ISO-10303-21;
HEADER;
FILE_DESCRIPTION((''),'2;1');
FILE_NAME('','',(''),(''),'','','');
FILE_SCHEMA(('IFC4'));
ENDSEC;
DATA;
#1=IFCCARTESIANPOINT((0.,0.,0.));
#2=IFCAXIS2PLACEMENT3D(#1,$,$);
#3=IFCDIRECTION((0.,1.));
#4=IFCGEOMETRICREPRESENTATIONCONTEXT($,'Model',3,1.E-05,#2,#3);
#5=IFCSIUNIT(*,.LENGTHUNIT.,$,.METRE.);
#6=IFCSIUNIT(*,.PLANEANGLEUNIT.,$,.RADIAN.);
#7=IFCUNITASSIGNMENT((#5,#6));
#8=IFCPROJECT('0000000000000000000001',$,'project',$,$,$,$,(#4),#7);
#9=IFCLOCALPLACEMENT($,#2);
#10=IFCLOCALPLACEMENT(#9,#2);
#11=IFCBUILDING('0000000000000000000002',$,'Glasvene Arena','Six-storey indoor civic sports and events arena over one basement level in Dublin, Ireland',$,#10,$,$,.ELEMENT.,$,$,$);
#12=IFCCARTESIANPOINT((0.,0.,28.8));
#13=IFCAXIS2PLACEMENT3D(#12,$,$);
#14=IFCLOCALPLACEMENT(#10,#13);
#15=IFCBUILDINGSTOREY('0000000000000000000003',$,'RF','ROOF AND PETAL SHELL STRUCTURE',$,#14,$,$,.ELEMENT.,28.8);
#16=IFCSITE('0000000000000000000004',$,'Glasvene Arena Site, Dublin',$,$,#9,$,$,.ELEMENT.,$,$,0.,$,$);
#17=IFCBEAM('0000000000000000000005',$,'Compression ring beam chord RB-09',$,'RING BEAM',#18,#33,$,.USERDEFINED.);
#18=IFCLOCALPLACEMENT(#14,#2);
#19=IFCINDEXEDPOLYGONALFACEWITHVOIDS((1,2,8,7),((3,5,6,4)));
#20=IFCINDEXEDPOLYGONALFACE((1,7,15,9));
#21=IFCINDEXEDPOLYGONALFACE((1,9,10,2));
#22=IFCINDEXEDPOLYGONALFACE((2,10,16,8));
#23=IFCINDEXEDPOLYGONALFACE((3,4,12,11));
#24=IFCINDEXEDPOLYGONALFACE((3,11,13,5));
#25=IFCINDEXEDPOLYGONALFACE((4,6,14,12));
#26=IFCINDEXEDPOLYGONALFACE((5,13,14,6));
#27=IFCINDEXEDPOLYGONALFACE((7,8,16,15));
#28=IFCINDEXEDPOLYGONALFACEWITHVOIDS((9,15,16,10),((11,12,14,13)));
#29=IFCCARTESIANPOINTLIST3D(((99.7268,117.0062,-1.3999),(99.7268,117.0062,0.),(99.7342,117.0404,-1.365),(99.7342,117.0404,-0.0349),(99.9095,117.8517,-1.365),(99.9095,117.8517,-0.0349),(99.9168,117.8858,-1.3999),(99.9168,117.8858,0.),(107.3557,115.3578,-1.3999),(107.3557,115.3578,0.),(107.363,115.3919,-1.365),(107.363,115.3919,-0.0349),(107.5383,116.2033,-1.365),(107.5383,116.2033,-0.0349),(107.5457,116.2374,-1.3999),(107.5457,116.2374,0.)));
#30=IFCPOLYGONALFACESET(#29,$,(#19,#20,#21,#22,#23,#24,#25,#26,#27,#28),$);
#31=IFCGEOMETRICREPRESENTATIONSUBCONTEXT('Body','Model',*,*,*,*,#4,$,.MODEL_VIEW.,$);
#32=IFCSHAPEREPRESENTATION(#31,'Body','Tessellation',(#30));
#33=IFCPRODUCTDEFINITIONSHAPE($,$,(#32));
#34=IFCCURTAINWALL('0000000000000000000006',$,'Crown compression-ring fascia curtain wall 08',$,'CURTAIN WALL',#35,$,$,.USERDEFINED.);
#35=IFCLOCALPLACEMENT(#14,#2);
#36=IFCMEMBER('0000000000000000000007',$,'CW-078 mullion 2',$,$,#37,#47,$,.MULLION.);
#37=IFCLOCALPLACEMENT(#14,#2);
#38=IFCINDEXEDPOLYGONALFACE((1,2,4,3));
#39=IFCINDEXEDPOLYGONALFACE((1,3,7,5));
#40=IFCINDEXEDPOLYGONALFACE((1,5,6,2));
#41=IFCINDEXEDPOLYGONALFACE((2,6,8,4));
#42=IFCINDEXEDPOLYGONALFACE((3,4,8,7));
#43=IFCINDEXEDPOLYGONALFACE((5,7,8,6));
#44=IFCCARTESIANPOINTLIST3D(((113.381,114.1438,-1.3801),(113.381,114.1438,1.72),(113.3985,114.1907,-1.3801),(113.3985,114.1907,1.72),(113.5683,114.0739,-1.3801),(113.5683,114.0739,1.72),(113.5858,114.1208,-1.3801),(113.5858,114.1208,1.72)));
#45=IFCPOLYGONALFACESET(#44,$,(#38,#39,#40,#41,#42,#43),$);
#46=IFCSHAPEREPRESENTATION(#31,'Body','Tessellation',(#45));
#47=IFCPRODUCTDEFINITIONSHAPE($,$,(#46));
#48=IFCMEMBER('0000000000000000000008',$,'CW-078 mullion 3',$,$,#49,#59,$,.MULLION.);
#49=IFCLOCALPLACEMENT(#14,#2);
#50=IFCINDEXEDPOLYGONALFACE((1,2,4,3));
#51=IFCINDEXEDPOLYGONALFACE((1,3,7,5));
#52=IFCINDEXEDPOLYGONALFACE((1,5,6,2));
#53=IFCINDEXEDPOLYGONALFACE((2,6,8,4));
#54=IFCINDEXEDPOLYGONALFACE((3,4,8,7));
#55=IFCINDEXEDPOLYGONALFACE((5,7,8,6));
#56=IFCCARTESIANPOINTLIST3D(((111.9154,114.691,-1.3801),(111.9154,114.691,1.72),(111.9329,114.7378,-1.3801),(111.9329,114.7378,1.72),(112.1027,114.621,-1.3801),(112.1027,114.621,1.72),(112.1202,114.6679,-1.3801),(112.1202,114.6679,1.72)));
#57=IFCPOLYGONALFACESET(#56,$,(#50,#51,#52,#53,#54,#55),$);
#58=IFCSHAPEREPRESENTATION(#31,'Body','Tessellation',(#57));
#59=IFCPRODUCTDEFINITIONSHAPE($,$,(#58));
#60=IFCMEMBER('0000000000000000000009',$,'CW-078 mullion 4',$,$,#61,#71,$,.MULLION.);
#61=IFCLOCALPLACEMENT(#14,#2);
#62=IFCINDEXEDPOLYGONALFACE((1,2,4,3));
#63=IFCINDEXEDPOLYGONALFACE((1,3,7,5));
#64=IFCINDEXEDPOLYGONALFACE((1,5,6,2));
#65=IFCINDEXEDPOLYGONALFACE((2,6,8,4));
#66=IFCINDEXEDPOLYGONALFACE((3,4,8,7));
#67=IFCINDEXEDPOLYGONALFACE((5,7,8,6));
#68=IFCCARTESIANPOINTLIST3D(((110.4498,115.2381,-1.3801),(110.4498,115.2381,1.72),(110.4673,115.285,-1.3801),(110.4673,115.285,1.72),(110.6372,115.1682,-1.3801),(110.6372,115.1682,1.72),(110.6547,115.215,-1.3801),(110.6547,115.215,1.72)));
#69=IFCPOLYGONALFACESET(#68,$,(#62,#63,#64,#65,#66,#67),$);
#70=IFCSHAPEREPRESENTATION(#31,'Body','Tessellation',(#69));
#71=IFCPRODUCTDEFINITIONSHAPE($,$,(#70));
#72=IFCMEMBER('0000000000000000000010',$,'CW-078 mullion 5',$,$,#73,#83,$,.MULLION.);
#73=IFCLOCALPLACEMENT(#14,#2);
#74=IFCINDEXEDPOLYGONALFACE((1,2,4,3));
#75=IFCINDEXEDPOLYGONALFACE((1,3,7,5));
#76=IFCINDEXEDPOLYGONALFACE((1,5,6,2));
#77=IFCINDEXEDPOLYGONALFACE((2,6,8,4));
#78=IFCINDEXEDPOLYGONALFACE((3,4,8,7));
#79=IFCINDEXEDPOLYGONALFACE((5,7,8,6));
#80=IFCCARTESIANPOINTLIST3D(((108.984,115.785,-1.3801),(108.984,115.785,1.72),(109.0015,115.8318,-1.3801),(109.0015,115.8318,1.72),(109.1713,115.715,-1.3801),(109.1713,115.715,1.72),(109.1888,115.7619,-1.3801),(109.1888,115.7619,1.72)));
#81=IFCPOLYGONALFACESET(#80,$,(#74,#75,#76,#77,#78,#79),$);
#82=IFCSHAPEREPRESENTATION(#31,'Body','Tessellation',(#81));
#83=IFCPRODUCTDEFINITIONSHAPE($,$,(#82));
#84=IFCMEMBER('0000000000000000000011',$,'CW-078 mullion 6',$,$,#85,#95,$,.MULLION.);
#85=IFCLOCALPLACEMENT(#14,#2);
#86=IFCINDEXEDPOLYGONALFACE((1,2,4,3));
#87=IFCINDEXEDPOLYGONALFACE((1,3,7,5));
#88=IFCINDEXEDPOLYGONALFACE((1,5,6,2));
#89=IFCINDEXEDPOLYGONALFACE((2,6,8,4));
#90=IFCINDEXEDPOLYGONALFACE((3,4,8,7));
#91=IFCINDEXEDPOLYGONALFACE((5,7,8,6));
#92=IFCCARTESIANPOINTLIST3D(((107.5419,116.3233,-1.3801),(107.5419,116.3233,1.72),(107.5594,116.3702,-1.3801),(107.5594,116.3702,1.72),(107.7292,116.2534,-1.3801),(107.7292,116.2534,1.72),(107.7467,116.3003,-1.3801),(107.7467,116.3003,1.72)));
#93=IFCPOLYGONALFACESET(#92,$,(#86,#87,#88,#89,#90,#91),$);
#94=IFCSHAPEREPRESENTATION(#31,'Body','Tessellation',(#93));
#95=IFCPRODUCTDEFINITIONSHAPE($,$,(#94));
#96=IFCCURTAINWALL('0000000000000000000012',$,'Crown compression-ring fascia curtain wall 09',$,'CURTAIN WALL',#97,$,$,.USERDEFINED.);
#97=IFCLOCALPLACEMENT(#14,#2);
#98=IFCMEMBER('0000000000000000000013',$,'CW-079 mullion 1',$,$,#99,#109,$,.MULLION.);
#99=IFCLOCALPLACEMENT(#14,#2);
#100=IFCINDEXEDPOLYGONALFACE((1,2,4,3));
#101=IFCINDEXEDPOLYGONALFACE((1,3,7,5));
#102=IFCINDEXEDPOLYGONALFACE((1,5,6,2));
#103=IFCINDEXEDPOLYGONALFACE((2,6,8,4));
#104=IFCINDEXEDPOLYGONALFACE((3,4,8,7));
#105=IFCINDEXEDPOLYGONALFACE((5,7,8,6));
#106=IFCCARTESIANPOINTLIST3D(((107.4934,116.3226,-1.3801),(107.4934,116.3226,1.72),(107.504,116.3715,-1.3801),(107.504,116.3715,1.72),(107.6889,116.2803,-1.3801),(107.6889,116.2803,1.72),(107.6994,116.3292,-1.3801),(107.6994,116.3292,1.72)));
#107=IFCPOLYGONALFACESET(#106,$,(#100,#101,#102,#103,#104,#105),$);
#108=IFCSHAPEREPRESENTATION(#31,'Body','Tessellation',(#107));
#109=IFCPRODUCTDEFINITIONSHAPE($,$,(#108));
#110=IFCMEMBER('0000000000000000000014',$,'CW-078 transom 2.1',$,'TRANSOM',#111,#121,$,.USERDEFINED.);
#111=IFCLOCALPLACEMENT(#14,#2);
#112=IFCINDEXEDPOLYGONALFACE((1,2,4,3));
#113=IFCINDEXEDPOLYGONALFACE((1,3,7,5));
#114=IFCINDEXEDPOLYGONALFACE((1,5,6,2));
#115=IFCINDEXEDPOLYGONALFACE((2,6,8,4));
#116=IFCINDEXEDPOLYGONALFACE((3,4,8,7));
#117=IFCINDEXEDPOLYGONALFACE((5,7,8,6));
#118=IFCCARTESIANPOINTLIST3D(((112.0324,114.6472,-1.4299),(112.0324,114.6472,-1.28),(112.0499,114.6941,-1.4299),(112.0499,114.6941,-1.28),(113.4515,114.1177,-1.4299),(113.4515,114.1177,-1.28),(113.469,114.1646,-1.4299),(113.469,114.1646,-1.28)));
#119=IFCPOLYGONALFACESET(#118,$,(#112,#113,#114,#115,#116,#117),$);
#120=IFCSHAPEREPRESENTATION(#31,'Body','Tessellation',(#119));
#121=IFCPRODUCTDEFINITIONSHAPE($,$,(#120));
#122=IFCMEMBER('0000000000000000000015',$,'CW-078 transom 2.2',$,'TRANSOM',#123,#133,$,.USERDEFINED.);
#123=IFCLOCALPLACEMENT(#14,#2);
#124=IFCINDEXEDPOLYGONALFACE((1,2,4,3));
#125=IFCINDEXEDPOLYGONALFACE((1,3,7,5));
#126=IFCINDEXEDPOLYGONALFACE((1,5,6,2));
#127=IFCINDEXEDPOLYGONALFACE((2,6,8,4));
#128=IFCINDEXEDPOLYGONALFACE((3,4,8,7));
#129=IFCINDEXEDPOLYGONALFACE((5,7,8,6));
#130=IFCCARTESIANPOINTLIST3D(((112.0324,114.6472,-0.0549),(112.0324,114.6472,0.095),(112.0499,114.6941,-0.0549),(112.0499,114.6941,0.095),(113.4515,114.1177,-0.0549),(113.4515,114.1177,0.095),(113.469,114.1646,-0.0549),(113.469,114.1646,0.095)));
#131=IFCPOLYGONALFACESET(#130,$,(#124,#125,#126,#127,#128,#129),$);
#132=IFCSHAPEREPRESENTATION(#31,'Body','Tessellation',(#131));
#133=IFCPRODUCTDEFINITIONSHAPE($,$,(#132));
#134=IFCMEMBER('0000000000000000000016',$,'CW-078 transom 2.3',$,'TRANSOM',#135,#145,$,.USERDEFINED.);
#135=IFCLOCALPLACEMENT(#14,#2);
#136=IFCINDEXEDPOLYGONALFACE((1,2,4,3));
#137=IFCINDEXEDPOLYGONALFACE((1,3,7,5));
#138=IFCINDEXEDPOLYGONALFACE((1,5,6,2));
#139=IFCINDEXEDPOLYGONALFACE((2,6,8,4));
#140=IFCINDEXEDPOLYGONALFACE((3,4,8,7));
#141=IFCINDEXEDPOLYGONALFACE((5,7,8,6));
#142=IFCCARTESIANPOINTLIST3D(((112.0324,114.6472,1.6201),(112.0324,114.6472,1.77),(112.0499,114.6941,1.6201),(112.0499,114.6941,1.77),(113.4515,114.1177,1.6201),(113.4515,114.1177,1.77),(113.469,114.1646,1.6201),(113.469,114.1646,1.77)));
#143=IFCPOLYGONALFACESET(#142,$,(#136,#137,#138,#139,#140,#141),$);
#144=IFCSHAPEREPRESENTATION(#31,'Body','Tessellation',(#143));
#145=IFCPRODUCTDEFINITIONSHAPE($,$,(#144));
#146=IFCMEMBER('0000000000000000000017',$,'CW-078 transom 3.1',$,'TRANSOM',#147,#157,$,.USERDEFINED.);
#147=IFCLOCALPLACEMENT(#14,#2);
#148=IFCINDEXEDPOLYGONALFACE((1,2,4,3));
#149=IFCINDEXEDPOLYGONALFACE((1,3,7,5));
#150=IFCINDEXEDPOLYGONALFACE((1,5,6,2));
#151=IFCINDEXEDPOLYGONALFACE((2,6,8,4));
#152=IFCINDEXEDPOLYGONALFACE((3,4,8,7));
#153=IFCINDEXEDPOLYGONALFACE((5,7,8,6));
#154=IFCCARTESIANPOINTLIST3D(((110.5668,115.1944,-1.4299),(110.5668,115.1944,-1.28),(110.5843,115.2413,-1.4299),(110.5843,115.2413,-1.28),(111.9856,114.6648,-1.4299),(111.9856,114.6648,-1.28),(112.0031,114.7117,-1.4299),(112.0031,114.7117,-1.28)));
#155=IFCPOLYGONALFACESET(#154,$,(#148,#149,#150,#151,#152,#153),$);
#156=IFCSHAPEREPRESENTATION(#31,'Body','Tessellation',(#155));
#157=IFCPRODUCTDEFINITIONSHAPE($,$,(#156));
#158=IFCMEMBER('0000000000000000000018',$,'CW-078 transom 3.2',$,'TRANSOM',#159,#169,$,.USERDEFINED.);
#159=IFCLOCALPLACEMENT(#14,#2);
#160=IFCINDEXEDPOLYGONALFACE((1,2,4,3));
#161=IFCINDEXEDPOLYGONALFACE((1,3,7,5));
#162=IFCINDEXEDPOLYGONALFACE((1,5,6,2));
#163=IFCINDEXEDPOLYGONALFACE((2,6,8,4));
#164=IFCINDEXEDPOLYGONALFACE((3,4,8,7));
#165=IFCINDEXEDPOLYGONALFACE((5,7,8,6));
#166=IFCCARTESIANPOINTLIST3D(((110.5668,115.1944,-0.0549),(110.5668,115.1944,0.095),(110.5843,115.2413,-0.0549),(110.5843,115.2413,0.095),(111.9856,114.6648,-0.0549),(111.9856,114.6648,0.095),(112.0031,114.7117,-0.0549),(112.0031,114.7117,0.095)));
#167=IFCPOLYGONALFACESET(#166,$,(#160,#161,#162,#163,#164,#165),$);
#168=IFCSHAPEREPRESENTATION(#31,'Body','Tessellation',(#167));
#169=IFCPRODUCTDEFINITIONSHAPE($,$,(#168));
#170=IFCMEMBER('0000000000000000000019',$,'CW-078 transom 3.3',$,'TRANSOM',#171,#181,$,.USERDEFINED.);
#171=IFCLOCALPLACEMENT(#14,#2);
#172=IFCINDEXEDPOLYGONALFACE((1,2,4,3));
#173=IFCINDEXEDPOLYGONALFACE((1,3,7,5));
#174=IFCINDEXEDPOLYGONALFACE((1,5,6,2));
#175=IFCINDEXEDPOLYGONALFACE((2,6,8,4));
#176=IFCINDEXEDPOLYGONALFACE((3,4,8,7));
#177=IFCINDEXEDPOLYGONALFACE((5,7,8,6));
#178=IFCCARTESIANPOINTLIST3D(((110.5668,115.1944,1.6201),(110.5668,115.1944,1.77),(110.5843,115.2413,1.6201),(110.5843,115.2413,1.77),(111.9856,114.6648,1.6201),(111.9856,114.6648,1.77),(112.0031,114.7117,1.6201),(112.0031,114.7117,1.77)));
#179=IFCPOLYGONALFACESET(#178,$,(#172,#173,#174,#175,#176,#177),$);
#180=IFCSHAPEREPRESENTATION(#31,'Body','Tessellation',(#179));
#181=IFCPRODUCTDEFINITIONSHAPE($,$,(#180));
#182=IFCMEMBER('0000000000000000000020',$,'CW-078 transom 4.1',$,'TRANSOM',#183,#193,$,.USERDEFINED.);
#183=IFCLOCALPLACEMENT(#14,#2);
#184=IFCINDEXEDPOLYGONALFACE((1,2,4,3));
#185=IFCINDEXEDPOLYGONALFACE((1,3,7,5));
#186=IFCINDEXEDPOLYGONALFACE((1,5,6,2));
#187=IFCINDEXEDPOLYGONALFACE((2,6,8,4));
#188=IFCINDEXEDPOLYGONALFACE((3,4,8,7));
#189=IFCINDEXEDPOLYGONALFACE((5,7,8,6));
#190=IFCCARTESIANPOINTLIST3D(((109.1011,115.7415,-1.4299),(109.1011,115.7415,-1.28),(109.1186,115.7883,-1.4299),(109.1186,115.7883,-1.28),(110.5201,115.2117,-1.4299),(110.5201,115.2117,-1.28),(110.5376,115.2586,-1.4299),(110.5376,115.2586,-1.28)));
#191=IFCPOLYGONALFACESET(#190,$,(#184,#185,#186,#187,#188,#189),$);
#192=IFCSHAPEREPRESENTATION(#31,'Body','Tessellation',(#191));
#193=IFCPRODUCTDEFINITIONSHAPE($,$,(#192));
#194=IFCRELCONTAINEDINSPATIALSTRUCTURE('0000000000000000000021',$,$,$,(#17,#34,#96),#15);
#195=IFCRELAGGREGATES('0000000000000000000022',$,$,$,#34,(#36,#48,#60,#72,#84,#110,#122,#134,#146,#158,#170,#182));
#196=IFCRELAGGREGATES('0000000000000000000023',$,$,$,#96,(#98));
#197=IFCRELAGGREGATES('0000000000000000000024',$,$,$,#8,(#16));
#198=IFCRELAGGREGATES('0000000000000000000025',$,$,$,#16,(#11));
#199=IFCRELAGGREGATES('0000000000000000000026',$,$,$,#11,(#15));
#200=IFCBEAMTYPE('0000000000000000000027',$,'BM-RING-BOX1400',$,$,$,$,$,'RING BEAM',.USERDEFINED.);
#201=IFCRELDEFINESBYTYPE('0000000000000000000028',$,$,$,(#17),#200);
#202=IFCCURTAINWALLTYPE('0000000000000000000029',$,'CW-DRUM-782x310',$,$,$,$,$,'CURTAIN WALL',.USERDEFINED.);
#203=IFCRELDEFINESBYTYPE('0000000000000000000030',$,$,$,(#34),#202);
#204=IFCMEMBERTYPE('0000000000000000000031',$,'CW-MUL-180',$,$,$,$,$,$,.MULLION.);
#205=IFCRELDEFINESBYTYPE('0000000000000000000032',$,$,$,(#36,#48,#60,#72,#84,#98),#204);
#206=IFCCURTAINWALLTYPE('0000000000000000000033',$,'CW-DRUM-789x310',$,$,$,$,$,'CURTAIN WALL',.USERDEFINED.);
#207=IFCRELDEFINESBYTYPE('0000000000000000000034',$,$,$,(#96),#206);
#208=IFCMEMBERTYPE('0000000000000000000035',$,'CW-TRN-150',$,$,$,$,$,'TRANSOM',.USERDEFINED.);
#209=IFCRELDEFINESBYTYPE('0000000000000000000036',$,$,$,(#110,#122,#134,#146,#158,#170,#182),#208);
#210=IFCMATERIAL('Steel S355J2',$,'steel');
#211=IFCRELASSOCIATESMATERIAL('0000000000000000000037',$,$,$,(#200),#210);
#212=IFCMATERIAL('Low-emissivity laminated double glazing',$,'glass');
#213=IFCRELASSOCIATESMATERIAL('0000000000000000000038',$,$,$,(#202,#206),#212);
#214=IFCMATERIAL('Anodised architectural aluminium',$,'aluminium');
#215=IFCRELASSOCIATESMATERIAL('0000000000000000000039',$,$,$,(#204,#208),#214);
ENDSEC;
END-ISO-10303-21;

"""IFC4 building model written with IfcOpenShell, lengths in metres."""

from ifc_helpers import new_model, si_unit, direction, frame, origin, origin_2d, place, context, subcontext, project, spatial, rectangle, hollow_rectangle, extrude, material, material_profile, profile_set, type_object, element, aggregate, save


model = new_model("IFC4")

# Units and contexts
model_context = context("Model", 3, precision=1e-05, world=origin(), true_north=direction((0.0, 1.0)))
body_context = subcontext(model_context, "Body", "Model", "MODEL_VIEW")
ifc_project = project(units=[si_unit("LENGTHUNIT", "METRE"), si_unit("PLANEANGLEUNIT", "RADIAN")], contexts=[model_context])

# Site, building, storey
site_placement = place(None, origin())
site = spatial("IfcSite", under=ifc_project, at=site_placement, Name="Glasvene Arena Site, Dublin", CompositionType="ELEMENT", RefElevation=0.0)
building_placement = place(site_placement, origin())
building = spatial("IfcBuilding", under=site, at=building_placement, Name="Glasvene Arena", Description="Six-storey indoor civic sports and events arena over one basement level in Dublin, Ireland", CompositionType="ELEMENT")
storey_placement = place(building_placement, frame((0.0, 0.0, 28.8)))
storey = spatial("IfcBuildingStorey", under=building, at=storey_placement, Name="RF", Description="ROOF AND PETAL SHELL STRUCTURE", CompositionType="ELEMENT", Elevation=28.8)

# Beam
ifc_material_1 = material(Name="Steel S355J2", Category="steel")
ifc_material_profile_1 = material_profile(ifc_material_1, hollow_rectangle(XDim=0.8999, YDim=1.3999, WallThickness=0.0349, at=origin_2d()), Name="WBOX 900x1400x35")
ifc_profile_set_1 = profile_set([ifc_material_profile_1], Name="Steel S355J2")
beam_type = type_object("IfcBeamType", Name="BM-RING-BOX1400", ElementType="RING BEAM", PredefinedType="USERDEFINED", material=ifc_profile_set_1)
beam_placement = place(storey_placement, frame((107.4507, 115.7976, -0.7), z_axis=(-0.977442, 0.211204, 0.0), x_axis=(-0.211204, -0.977442, 0.0)))
element("IfcBeam", 1, at=beam_placement, inside=storey, type_object=beam_type, Name="Compression ring beam chord RB-09", ObjectType="RING BEAM", PredefinedType="USERDEFINED", context=body_context, shape_type="SweptSolid", body=[
    extrude(hollow_rectangle(XDim=0.8999, YDim=1.3999, WallThickness=0.0349, at=origin_2d()), origin(), (0.0, 0.0, 1.0), 7.8049),
])

# Curtain wall, members
ifc_material_2 = material(Name="Low-emissivity laminated double glazing", Category="glass")
curtain_wall_type_1 = type_object("IfcCurtainWallType", Name="CW-DRUM-782x310", ElementType="CURTAIN WALL", PredefinedType="USERDEFINED", material=ifc_material_2)
curtain_wall_1_placement = place(storey_placement, frame((114.9492, 113.5852, 0.0)))
curtain_wall_1 = element("IfcCurtainWall", 2, at=curtain_wall_1_placement, inside=storey, type_object=curtain_wall_type_1, Name="Crown compression-ring fascia curtain wall 08", ObjectType="CURTAIN WALL", PredefinedType="USERDEFINED")
ifc_material_3 = material(Name="Anodised architectural aluminium", Category="aluminium")
ifc_material_profile_2 = material_profile(ifc_material_3, rectangle(XDim=0.05, YDim=0.2, at=origin_2d()), Name="ALU MULLION 50x200")
ifc_profile_set_2 = profile_set([ifc_material_profile_2], Name="Anodised architectural aluminium")
member_type_1 = type_object("IfcMemberType", Name="CW-MUL-180", PredefinedType="MULLION", material=ifc_profile_set_2)
member_1_placement = place(storey_placement, frame((113.4834, 114.1323, -1.3801), z_axis=(0.0, 0.0, 1.0), x_axis=(-0.349683, -0.936868, 0.0)))
member_1 = element("IfcMember", 3, at=member_1_placement, type_object=member_type_1, Name="CW-078 mullion 2", PredefinedType="MULLION", context=body_context, shape_type="SweptSolid", body=[
    extrude(rectangle(XDim=0.05, YDim=0.2, at=origin_2d()), origin(), (0.0, 0.0, 1.0), 3.1001),
])
member_2_placement = place(storey_placement, frame((112.0178, 114.6794, -1.3801), z_axis=(0.0, 0.0, 1.0), x_axis=(-0.349683, -0.936868, 0.0)))
member_2 = element("IfcMember", 4, at=member_2_placement, type_object=member_type_1, Name="CW-078 mullion 3", PredefinedType="MULLION", context=body_context, shape_type="SweptSolid", body=[
    extrude(rectangle(XDim=0.05, YDim=0.2, at=origin_2d()), origin(), (0.0, 0.0, 1.0), 3.1001),
])
member_3_placement = place(storey_placement, frame((110.5522, 115.2266, -1.3801), z_axis=(0.0, 0.0, 1.0), x_axis=(-0.349683, -0.936868, 0.0)))
member_3 = element("IfcMember", 5, at=member_3_placement, type_object=member_type_1, Name="CW-078 mullion 4", PredefinedType="MULLION", context=body_context, shape_type="SweptSolid", body=[
    extrude(rectangle(XDim=0.05, YDim=0.2, at=origin_2d()), origin(), (0.0, 0.0, 1.0), 3.1001),
])
member_4_placement = place(storey_placement, frame((109.0864, 115.7734, -1.3801), z_axis=(0.0, 0.0, 1.0), x_axis=(-0.349683, -0.936868, 0.0)))
member_4 = element("IfcMember", 6, at=member_4_placement, type_object=member_type_1, Name="CW-078 mullion 5", PredefinedType="MULLION", context=body_context, shape_type="SweptSolid", body=[
    extrude(rectangle(XDim=0.05, YDim=0.2, at=origin_2d()), origin(), (0.0, 0.0, 1.0), 3.1001),
])
member_5_placement = place(storey_placement, frame((107.6443, 116.3118, -1.3801), z_axis=(0.0, 0.0, 1.0), x_axis=(-0.349683, -0.936868, 0.0)))
member_5 = element("IfcMember", 7, at=member_5_placement, type_object=member_type_1, Name="CW-078 mullion 6", PredefinedType="MULLION", context=body_context, shape_type="SweptSolid", body=[
    extrude(rectangle(XDim=0.05, YDim=0.2, at=origin_2d()), origin(), (0.0, 0.0, 1.0), 3.1001),
])

# Curtain wall, member
curtain_wall_type_2 = type_object("IfcCurtainWallType", Name="CW-DRUM-789x310", ElementType="CURTAIN WALL", PredefinedType="USERDEFINED", material=ifc_material_2)
curtain_wall_2_placement = place(storey_placement, frame((107.6208, 116.3206, 0.0)))
curtain_wall_2 = element("IfcCurtainWall", 8, at=curtain_wall_2_placement, inside=storey, type_object=curtain_wall_type_2, Name="Crown compression-ring fascia curtain wall 09", ObjectType="CURTAIN WALL", PredefinedType="USERDEFINED")
member_6_placement = place(storey_placement, frame((107.5964, 116.3259, -1.3801), z_axis=(0.0, 0.0, 1.0), x_axis=(-0.211445, -0.97739, 0.0)))
member_6 = element("IfcMember", 9, at=member_6_placement, type_object=member_type_1, Name="CW-079 mullion 1", PredefinedType="MULLION", context=body_context, shape_type="SweptSolid", body=[
    extrude(rectangle(XDim=0.05, YDim=0.2, at=origin_2d()), origin(), (0.0, 0.0, 1.0), 3.1001),
])

# Members
ifc_material_profile_3 = material_profile(ifc_material_3, rectangle(XDim=0.05, YDim=0.1499, at=origin_2d()), Name="ALU TRANSOM 50x150")
ifc_profile_set_3 = profile_set([ifc_material_profile_3], Name="Anodised architectural aluminium")
member_type_2 = type_object("IfcMemberType", Name="CW-TRN-150", ElementType="TRANSOM", PredefinedType="USERDEFINED", material=ifc_profile_set_3)
member_7_placement = place(storey_placement, frame((113.4602, 114.1411, -1.355), z_axis=(-0.936884, 0.349639, 0.0), x_axis=(-0.349639, -0.936884, 0.0)))
member_7 = element("IfcMember", 10, at=member_7_placement, type_object=member_type_2, Name="CW-078 transom 2.1", ObjectType="TRANSOM", PredefinedType="USERDEFINED", context=body_context, shape_type="SweptSolid", body=[
    extrude(rectangle(XDim=0.05, YDim=0.1499, at=origin_2d()), origin(), (0.0, 0.0, 1.0), 1.5146),
])
member_8_placement = place(storey_placement, frame((113.4602, 114.1411, 0.02), z_axis=(-0.936884, 0.349639, 0.0), x_axis=(-0.349639, -0.936884, 0.0)))
member_8 = element("IfcMember", 11, at=member_8_placement, type_object=member_type_2, Name="CW-078 transom 2.2", ObjectType="TRANSOM", PredefinedType="USERDEFINED", context=body_context, shape_type="SweptSolid", body=[
    extrude(rectangle(XDim=0.05, YDim=0.1499, at=origin_2d()), origin(), (0.0, 0.0, 1.0), 1.5146),
])
member_9_placement = place(storey_placement, frame((113.4602, 114.1411, 1.6951), z_axis=(-0.936884, 0.349639, 0.0), x_axis=(-0.349639, -0.936884, 0.0)))
member_9 = element("IfcMember", 12, at=member_9_placement, type_object=member_type_2, Name="CW-078 transom 2.3", ObjectType="TRANSOM", PredefinedType="USERDEFINED", context=body_context, shape_type="SweptSolid", body=[
    extrude(rectangle(XDim=0.05, YDim=0.1499, at=origin_2d()), origin(), (0.0, 0.0, 1.0), 1.5146),
])
member_10_placement = place(storey_placement, frame((111.9944, 114.6882, -1.355), z_axis=(-0.936865, 0.349692, 0.0), x_axis=(-0.349692, -0.936865, 0.0)))
member_10 = element("IfcMember", 13, at=member_10_placement, type_object=member_type_2, Name="CW-078 transom 3.1", ObjectType="TRANSOM", PredefinedType="USERDEFINED", context=body_context, shape_type="SweptSolid", body=[
    extrude(rectangle(XDim=0.05, YDim=0.1499, at=origin_2d()), origin(), (0.0, 0.0, 1.0), 1.5144),
])
member_11_placement = place(storey_placement, frame((111.9944, 114.6882, 0.02), z_axis=(-0.936865, 0.349692, 0.0), x_axis=(-0.349692, -0.936865, 0.0)))
member_11 = element("IfcMember", 14, at=member_11_placement, type_object=member_type_2, Name="CW-078 transom 3.2", ObjectType="TRANSOM", PredefinedType="USERDEFINED", context=body_context, shape_type="SweptSolid", body=[
    extrude(rectangle(XDim=0.05, YDim=0.1499, at=origin_2d()), origin(), (0.0, 0.0, 1.0), 1.5144),
])
member_12_placement = place(storey_placement, frame((111.9944, 114.6882, 1.6951), z_axis=(-0.936865, 0.349692, 0.0), x_axis=(-0.349692, -0.936865, 0.0)))
member_12 = element("IfcMember", 15, at=member_12_placement, type_object=member_type_2, Name="CW-078 transom 3.3", ObjectType="TRANSOM", PredefinedType="USERDEFINED", context=body_context, shape_type="SweptSolid", body=[
    extrude(rectangle(XDim=0.05, YDim=0.1499, at=origin_2d()), origin(), (0.0, 0.0, 1.0), 1.5144),
])
member_13_placement = place(storey_placement, frame((110.5288, 115.2351, -1.355), z_axis=(-0.936832, 0.349781, 0.0), x_axis=(-0.349781, -0.936832, 0.0)))
member_13 = element("IfcMember", 16, at=member_13_placement, type_object=member_type_2, Name="CW-078 transom 4.1", ObjectType="TRANSOM", PredefinedType="USERDEFINED", context=body_context, shape_type="SweptSolid", body=[
    extrude(rectangle(XDim=0.05, YDim=0.1499, at=origin_2d()), origin(), (0.0, 0.0, 1.0), 1.5146),
])

aggregate(curtain_wall_1, [member_1, member_2, member_3, member_4, member_5, member_7, member_8, member_9, member_10, member_11, member_12, member_13])
aggregate(curtain_wall_2, [member_6])

save(model, "model.ifc")
